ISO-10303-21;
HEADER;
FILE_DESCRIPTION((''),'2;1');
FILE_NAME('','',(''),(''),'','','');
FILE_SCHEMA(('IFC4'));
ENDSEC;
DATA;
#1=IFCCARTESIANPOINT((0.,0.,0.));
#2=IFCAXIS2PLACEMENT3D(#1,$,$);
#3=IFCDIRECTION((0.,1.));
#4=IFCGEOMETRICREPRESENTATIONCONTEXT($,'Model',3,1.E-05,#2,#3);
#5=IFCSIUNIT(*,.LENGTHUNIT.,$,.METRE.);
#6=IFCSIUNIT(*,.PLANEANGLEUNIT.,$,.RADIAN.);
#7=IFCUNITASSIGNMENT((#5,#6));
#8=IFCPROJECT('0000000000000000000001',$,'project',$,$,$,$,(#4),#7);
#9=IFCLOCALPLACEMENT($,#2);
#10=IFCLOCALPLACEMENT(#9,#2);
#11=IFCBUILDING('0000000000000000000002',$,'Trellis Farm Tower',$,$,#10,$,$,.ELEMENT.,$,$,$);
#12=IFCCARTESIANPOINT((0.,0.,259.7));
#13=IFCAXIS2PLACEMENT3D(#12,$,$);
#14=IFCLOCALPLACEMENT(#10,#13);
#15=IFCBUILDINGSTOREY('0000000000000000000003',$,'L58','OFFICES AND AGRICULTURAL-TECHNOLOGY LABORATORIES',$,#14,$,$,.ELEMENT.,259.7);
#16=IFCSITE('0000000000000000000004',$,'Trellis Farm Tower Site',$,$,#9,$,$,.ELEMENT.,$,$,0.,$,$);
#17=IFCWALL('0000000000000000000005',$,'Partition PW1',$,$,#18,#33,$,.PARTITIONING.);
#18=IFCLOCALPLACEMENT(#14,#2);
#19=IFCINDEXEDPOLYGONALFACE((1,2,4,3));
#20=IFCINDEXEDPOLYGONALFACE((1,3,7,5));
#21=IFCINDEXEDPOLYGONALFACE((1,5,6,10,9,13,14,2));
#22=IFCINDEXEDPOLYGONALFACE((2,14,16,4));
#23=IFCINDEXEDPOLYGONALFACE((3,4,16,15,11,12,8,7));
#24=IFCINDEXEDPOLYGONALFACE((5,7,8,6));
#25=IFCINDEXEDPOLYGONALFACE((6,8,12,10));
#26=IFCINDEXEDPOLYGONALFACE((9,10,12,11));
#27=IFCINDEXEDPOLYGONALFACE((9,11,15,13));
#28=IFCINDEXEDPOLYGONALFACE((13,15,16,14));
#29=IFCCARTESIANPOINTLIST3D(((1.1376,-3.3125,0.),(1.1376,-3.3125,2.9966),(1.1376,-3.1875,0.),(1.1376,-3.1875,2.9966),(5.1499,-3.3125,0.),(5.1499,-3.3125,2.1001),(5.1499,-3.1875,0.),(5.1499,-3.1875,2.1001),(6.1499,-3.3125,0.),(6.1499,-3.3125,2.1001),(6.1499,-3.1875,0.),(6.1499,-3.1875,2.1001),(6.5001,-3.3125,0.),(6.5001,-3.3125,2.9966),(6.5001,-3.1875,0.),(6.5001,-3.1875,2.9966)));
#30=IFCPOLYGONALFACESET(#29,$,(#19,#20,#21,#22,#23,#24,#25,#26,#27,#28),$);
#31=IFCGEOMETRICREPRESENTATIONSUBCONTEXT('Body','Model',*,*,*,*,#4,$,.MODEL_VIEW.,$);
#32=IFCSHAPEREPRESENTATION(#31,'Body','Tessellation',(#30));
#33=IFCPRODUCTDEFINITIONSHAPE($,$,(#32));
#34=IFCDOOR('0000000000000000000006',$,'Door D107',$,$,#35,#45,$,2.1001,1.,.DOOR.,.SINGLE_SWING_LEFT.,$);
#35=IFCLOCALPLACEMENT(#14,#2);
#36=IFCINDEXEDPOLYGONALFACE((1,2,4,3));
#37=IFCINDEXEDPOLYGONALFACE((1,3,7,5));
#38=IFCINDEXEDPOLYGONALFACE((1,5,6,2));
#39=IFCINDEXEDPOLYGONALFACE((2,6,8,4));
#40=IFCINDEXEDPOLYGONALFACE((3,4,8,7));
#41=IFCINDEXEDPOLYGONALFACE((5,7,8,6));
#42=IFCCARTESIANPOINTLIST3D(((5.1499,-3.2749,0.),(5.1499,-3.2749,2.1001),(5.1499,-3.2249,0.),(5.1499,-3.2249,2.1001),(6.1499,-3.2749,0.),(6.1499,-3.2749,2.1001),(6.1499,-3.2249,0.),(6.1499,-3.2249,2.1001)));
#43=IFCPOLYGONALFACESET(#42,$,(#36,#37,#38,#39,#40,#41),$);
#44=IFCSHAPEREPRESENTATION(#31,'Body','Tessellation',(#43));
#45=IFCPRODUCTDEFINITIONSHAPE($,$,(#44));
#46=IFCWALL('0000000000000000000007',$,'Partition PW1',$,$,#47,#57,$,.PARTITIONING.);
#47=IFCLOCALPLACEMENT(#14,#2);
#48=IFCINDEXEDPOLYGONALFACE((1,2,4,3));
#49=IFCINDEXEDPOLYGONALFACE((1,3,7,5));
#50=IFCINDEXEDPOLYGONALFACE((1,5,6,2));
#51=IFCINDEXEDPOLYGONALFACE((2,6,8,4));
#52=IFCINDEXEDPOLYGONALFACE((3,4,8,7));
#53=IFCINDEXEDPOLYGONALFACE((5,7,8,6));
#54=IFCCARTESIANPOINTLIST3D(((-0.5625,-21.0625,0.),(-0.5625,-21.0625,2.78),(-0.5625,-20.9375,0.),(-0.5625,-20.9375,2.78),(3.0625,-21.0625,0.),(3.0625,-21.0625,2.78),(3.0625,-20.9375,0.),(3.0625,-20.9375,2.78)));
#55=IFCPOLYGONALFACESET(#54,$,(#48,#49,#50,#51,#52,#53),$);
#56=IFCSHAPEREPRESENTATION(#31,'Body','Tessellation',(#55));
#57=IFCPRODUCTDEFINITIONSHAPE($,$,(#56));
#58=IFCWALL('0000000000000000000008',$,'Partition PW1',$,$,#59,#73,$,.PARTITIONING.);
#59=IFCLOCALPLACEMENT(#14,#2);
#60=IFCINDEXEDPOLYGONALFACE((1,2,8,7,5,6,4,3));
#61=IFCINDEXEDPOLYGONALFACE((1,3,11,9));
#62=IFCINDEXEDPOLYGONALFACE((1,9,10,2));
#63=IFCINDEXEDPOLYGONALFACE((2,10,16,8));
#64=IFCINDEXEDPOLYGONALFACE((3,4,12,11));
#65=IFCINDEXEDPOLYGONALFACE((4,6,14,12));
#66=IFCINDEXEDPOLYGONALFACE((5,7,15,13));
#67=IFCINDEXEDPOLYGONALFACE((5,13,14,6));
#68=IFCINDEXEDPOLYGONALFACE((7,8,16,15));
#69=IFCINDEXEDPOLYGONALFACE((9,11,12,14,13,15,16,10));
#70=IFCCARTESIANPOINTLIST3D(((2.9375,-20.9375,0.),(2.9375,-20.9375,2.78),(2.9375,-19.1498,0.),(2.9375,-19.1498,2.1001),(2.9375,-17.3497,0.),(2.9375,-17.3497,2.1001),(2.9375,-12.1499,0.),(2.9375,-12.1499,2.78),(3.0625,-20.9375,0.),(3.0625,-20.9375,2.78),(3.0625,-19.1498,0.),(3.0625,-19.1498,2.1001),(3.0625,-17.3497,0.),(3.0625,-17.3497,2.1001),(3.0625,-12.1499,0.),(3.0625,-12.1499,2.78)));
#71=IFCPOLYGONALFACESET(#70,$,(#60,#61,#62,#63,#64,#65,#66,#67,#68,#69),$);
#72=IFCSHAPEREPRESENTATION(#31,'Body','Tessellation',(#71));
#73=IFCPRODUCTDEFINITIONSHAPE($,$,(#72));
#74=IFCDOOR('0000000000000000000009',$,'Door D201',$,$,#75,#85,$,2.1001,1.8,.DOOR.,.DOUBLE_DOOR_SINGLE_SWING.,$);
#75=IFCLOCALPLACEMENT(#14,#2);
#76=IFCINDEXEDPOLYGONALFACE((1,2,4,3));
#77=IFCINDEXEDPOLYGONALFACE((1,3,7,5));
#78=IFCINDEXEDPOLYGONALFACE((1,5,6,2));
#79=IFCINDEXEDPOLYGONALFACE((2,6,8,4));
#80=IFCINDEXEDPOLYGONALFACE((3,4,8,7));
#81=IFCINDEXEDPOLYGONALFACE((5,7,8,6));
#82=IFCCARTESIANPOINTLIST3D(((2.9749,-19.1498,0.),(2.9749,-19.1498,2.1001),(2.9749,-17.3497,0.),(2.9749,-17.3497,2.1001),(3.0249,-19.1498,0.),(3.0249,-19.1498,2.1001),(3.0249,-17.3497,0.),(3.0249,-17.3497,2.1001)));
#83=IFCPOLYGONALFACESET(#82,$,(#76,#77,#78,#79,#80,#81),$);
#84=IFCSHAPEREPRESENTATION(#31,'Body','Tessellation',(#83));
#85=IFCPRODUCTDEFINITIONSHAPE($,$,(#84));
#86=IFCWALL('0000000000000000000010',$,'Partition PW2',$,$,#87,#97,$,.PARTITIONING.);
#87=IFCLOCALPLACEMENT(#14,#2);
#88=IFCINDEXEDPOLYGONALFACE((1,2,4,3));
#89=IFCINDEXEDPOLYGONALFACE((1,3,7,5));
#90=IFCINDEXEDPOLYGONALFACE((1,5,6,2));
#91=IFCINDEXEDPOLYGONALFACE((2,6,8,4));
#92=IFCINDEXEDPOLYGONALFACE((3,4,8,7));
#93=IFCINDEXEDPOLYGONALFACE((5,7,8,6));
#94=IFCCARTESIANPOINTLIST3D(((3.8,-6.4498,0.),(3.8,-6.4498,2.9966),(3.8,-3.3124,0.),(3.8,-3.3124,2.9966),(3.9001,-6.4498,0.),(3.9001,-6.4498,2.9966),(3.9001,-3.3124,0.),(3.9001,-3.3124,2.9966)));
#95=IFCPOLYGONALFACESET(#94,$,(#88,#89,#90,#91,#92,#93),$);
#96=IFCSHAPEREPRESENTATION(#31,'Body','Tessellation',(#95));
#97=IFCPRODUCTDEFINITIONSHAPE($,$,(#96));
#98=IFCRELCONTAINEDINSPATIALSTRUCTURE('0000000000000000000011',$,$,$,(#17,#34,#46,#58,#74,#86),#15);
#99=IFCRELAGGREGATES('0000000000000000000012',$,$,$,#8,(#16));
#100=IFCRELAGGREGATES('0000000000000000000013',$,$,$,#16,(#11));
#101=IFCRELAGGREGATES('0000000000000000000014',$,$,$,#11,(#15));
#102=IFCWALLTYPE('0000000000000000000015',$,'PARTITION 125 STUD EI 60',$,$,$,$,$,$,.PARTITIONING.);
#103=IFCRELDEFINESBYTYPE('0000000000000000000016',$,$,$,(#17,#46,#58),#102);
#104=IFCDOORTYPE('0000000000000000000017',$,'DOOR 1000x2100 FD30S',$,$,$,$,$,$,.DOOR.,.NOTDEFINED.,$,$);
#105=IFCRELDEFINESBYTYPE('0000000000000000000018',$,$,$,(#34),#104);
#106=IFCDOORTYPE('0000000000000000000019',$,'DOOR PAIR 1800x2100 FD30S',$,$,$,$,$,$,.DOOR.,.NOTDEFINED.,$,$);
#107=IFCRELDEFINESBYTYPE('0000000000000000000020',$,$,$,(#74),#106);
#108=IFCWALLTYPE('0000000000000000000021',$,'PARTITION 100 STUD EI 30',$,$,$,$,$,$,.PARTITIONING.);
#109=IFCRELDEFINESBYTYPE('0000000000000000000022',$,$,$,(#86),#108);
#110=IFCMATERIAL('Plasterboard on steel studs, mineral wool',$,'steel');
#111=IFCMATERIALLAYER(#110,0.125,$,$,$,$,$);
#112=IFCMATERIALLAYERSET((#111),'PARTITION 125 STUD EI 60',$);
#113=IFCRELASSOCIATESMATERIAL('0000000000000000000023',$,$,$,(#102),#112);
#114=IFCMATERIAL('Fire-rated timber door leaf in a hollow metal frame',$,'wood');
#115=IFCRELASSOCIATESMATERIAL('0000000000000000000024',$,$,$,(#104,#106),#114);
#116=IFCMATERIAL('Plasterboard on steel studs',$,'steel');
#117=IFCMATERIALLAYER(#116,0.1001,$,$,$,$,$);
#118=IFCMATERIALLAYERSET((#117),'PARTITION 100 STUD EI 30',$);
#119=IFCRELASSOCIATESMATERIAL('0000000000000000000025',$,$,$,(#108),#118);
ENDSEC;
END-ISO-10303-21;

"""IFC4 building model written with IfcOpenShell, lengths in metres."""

from ifc_helpers import new_model, si_unit, direction, frame, frame_2d, origin, place, context, subcontext, project, spatial, rectangle, extrude, source, transform, mapped, material, layer, layer_set, type_object, element, fill, save


model = new_model("IFC4")

# Units and contexts
model_context = context("Model", 3, precision=1e-05, world=origin(), true_north=direction((0.0, 1.0)))
body_context = subcontext(model_context, "Body", "Model", "MODEL_VIEW")
ifc_project = project(units=[si_unit("LENGTHUNIT", "METRE"), si_unit("PLANEANGLEUNIT", "RADIAN")], contexts=[model_context])

# Site, building, storey
site_placement = place(None, origin())
site = spatial("IfcSite", under=ifc_project, at=site_placement, Name="Trellis Farm Tower Site", CompositionType="ELEMENT", RefElevation=0.0)
building_placement = place(site_placement, origin())
building = spatial("IfcBuilding", under=site, at=building_placement, Name="Trellis Farm Tower", CompositionType="ELEMENT")
storey_placement = place(building_placement, frame((0.0, 0.0, 259.7)))
storey = spatial("IfcBuildingStorey", under=building, at=storey_placement, Name="L58", Description="OFFICES AND AGRICULTURAL-TECHNOLOGY LABORATORIES", CompositionType="ELEMENT", Elevation=259.7)

# Shared definitions
shared_shape_1 = source(origin(), body_context, "Body", "SweptSolid", [
    extrude(rectangle(XDim=1.0, YDim=2.1001, at=frame_2d((0.5, 1.05))), frame((0.0, 0.0249, 0.0), z_axis=(0.0, -1.0, 0.0), x_axis=(1.0, 0.0, 0.0)), (0.0, 0.0, 1.0), 0.05),
])

# Wall, opening, door
ifc_material_1 = material(Name="Plasterboard on steel studs, mineral wool", Category="steel")
ifc_layer_1 = layer(ifc_material_1, 0.125)
ifc_layer_set_1 = layer_set([ifc_layer_1], Name="PARTITION 125 STUD EI 60")
wall_type_1 = type_object("IfcWallType", Name="PARTITION 125 STUD EI 60", PredefinedType="PARTITIONING", material=ifc_layer_set_1)
shared_shape_2 = source(origin(), body_context, "Body", "SweptSolid", [
    extrude(rectangle(XDim=5.3625, YDim=0.125, at=frame_2d((2.6812, 0.0))), origin(), (0.0, 0.0, 1.0), 2.9966),
])
wall_1_placement = place(storey_placement, frame((6.5, -3.25, 0.0), z_axis=(0.0, 0.0, 1.0), x_axis=(-1.0, 0.0, 0.0)))
wall_1 = element("IfcWall", 1, at=wall_1_placement, inside=storey, type_object=wall_type_1, Name="Partition PW1", PredefinedType="PARTITIONING", context=body_context, shape_type="MappedRepresentation", body=[
    mapped(shared_shape_2, transform((0.0, 0.0, 0.0))),
])
shared_shape_3 = source(origin(), body_context, "Body", "SweptSolid", [
    extrude(rectangle(XDim=1.0, YDim=2.1001, at=frame_2d((0.5, 1.05))), frame((0.0, 0.0725, 0.0), z_axis=(0.0, -1.0, 0.0), x_axis=(1.0, 0.0, 0.0)), (0.0, 0.0, 1.0), 0.145),
])
opening_1_placement = place(wall_1_placement, frame((0.3501, 0.0, 0.0)))
opening_1 = element("IfcOpeningElement", 2, at=opening_1_placement, cuts=wall_1, PredefinedType="OPENING", context=body_context, shape_type="MappedRepresentation", body=[
    mapped(shared_shape_3, transform((0.0, 0.0, 0.0))),
])
ifc_material_2 = material(Name="Fire-rated timber door leaf in a hollow metal frame", Category="wood")
door_type_1 = type_object("IfcDoorType", Name="DOOR 1000x2100 FD30S", OperationType="NOTDEFINED", PredefinedType="DOOR", material=ifc_material_2)
door_1_placement = place(opening_1_placement, origin())
door_1 = element("IfcDoor", 3, at=door_1_placement, inside=storey, type_object=door_type_1, Name="Door D107", OperationType="SINGLE_SWING_LEFT", OverallHeight=2.1001, OverallWidth=1.0, PredefinedType="DOOR", context=body_context, shape_type="MappedRepresentation", body=[
    mapped(shared_shape_1, transform((0.0, 0.0, 0.0))),
])
fill(opening_1, door_1)

# Wall
shared_shape_4 = source(origin(), body_context, "Body", "SweptSolid", [
    extrude(rectangle(XDim=3.625, YDim=0.125, at=frame_2d((1.8125, 0.0))), origin(), (0.0, 0.0, 1.0), 2.78),
])
wall_2_placement = place(storey_placement, frame((3.0625, -21.0, 0.0), z_axis=(0.0, 0.0, 1.0), x_axis=(-1.0, 0.0, 0.0)))
element("IfcWall", 4, at=wall_2_placement, inside=storey, type_object=wall_type_1, Name="Partition PW1", PredefinedType="PARTITIONING", context=body_context, shape_type="MappedRepresentation", body=[
    mapped(shared_shape_4, transform((0.0, 0.0, 0.0))),
])

# Wall, opening, door
shared_shape_5 = source(origin(), body_context, "Body", "SweptSolid", [
    extrude(rectangle(XDim=8.7876, YDim=0.125, at=frame_2d((4.3938, 0.0))), origin(), (0.0, 0.0, 1.0), 2.78),
])
wall_3_placement = place(storey_placement, frame((3.0, -12.1499, 0.0), z_axis=(0.0, 0.0, 1.0), x_axis=(0.0, -1.0, 0.0)))
wall_3 = element("IfcWall", 5, at=wall_3_placement, inside=storey, type_object=wall_type_1, Name="Partition PW1", PredefinedType="PARTITIONING", context=body_context, shape_type="MappedRepresentation", body=[
    mapped(shared_shape_5, transform((0.0, 0.0, 0.0))),
])
shared_shape_6 = source(origin(), body_context, "Body", "SweptSolid", [
    extrude(rectangle(XDim=1.8, YDim=2.1001, at=frame_2d((0.8999, 1.05))), frame((0.0, 0.0725, 0.0), z_axis=(0.0, -1.0, 0.0), x_axis=(1.0, 0.0, 0.0)), (0.0, 0.0, 1.0), 0.145),
])
opening_2_placement = place(wall_3_placement, frame((5.2, 0.0, 0.0)))
opening_2 = element("IfcOpeningElement", 6, at=opening_2_placement, cuts=wall_3, PredefinedType="OPENING", context=body_context, shape_type="MappedRepresentation", body=[
    mapped(shared_shape_6, transform((0.0, 0.0, 0.0))),
])
door_type_2 = type_object("IfcDoorType", Name="DOOR PAIR 1800x2100 FD30S", OperationType="NOTDEFINED", PredefinedType="DOOR", material=ifc_material_2)
shared_shape_7 = source(origin(), body_context, "Body", "SweptSolid", [
    extrude(rectangle(XDim=1.8, YDim=2.1001, at=frame_2d((0.8999, 1.05))), frame((0.0, 0.0249, 0.0), z_axis=(0.0, -1.0, 0.0), x_axis=(1.0, 0.0, 0.0)), (0.0, 0.0, 1.0), 0.05),
])
door_2_placement = place(opening_2_placement, origin())
door_2 = element("IfcDoor", 7, at=door_2_placement, inside=storey, type_object=door_type_2, Name="Door D201", OperationType="DOUBLE_DOOR_SINGLE_SWING", OverallHeight=2.1001, OverallWidth=1.8, PredefinedType="DOOR", context=body_context, shape_type="MappedRepresentation", body=[
    mapped(shared_shape_7, transform((0.0, 0.0, 0.0))),
])
fill(opening_2, door_2)

# Wall
ifc_material_3 = material(Name="Plasterboard on steel studs", Category="steel")
ifc_layer_2 = layer(ifc_material_3, 0.1001)
ifc_layer_set_2 = layer_set([ifc_layer_2], Name="PARTITION 100 STUD EI 30")
wall_type_2 = type_object("IfcWallType", Name="PARTITION 100 STUD EI 30", PredefinedType="PARTITIONING", material=ifc_layer_set_2)
shared_shape_8 = source(origin(), body_context, "Body", "SweptSolid", [
    extrude(rectangle(XDim=3.1375, YDim=0.1001, at=frame_2d((1.5688, 0.0))), origin(), (0.0, 0.0, 1.0), 2.9966),
])
wall_4_placement = place(storey_placement, frame((3.8501, -6.45, 0.0), z_axis=(0.0, 0.0, 1.0), x_axis=(0.0, 1.0, 0.0)))
element("IfcWall", 8, at=wall_4_placement, inside=storey, type_object=wall_type_2, Name="Partition PW2", PredefinedType="PARTITIONING", context=body_context, shape_type="MappedRepresentation", body=[
    mapped(shared_shape_8, transform((0.0, 0.0, 0.0))),
])

save(model, "model.ifc")
